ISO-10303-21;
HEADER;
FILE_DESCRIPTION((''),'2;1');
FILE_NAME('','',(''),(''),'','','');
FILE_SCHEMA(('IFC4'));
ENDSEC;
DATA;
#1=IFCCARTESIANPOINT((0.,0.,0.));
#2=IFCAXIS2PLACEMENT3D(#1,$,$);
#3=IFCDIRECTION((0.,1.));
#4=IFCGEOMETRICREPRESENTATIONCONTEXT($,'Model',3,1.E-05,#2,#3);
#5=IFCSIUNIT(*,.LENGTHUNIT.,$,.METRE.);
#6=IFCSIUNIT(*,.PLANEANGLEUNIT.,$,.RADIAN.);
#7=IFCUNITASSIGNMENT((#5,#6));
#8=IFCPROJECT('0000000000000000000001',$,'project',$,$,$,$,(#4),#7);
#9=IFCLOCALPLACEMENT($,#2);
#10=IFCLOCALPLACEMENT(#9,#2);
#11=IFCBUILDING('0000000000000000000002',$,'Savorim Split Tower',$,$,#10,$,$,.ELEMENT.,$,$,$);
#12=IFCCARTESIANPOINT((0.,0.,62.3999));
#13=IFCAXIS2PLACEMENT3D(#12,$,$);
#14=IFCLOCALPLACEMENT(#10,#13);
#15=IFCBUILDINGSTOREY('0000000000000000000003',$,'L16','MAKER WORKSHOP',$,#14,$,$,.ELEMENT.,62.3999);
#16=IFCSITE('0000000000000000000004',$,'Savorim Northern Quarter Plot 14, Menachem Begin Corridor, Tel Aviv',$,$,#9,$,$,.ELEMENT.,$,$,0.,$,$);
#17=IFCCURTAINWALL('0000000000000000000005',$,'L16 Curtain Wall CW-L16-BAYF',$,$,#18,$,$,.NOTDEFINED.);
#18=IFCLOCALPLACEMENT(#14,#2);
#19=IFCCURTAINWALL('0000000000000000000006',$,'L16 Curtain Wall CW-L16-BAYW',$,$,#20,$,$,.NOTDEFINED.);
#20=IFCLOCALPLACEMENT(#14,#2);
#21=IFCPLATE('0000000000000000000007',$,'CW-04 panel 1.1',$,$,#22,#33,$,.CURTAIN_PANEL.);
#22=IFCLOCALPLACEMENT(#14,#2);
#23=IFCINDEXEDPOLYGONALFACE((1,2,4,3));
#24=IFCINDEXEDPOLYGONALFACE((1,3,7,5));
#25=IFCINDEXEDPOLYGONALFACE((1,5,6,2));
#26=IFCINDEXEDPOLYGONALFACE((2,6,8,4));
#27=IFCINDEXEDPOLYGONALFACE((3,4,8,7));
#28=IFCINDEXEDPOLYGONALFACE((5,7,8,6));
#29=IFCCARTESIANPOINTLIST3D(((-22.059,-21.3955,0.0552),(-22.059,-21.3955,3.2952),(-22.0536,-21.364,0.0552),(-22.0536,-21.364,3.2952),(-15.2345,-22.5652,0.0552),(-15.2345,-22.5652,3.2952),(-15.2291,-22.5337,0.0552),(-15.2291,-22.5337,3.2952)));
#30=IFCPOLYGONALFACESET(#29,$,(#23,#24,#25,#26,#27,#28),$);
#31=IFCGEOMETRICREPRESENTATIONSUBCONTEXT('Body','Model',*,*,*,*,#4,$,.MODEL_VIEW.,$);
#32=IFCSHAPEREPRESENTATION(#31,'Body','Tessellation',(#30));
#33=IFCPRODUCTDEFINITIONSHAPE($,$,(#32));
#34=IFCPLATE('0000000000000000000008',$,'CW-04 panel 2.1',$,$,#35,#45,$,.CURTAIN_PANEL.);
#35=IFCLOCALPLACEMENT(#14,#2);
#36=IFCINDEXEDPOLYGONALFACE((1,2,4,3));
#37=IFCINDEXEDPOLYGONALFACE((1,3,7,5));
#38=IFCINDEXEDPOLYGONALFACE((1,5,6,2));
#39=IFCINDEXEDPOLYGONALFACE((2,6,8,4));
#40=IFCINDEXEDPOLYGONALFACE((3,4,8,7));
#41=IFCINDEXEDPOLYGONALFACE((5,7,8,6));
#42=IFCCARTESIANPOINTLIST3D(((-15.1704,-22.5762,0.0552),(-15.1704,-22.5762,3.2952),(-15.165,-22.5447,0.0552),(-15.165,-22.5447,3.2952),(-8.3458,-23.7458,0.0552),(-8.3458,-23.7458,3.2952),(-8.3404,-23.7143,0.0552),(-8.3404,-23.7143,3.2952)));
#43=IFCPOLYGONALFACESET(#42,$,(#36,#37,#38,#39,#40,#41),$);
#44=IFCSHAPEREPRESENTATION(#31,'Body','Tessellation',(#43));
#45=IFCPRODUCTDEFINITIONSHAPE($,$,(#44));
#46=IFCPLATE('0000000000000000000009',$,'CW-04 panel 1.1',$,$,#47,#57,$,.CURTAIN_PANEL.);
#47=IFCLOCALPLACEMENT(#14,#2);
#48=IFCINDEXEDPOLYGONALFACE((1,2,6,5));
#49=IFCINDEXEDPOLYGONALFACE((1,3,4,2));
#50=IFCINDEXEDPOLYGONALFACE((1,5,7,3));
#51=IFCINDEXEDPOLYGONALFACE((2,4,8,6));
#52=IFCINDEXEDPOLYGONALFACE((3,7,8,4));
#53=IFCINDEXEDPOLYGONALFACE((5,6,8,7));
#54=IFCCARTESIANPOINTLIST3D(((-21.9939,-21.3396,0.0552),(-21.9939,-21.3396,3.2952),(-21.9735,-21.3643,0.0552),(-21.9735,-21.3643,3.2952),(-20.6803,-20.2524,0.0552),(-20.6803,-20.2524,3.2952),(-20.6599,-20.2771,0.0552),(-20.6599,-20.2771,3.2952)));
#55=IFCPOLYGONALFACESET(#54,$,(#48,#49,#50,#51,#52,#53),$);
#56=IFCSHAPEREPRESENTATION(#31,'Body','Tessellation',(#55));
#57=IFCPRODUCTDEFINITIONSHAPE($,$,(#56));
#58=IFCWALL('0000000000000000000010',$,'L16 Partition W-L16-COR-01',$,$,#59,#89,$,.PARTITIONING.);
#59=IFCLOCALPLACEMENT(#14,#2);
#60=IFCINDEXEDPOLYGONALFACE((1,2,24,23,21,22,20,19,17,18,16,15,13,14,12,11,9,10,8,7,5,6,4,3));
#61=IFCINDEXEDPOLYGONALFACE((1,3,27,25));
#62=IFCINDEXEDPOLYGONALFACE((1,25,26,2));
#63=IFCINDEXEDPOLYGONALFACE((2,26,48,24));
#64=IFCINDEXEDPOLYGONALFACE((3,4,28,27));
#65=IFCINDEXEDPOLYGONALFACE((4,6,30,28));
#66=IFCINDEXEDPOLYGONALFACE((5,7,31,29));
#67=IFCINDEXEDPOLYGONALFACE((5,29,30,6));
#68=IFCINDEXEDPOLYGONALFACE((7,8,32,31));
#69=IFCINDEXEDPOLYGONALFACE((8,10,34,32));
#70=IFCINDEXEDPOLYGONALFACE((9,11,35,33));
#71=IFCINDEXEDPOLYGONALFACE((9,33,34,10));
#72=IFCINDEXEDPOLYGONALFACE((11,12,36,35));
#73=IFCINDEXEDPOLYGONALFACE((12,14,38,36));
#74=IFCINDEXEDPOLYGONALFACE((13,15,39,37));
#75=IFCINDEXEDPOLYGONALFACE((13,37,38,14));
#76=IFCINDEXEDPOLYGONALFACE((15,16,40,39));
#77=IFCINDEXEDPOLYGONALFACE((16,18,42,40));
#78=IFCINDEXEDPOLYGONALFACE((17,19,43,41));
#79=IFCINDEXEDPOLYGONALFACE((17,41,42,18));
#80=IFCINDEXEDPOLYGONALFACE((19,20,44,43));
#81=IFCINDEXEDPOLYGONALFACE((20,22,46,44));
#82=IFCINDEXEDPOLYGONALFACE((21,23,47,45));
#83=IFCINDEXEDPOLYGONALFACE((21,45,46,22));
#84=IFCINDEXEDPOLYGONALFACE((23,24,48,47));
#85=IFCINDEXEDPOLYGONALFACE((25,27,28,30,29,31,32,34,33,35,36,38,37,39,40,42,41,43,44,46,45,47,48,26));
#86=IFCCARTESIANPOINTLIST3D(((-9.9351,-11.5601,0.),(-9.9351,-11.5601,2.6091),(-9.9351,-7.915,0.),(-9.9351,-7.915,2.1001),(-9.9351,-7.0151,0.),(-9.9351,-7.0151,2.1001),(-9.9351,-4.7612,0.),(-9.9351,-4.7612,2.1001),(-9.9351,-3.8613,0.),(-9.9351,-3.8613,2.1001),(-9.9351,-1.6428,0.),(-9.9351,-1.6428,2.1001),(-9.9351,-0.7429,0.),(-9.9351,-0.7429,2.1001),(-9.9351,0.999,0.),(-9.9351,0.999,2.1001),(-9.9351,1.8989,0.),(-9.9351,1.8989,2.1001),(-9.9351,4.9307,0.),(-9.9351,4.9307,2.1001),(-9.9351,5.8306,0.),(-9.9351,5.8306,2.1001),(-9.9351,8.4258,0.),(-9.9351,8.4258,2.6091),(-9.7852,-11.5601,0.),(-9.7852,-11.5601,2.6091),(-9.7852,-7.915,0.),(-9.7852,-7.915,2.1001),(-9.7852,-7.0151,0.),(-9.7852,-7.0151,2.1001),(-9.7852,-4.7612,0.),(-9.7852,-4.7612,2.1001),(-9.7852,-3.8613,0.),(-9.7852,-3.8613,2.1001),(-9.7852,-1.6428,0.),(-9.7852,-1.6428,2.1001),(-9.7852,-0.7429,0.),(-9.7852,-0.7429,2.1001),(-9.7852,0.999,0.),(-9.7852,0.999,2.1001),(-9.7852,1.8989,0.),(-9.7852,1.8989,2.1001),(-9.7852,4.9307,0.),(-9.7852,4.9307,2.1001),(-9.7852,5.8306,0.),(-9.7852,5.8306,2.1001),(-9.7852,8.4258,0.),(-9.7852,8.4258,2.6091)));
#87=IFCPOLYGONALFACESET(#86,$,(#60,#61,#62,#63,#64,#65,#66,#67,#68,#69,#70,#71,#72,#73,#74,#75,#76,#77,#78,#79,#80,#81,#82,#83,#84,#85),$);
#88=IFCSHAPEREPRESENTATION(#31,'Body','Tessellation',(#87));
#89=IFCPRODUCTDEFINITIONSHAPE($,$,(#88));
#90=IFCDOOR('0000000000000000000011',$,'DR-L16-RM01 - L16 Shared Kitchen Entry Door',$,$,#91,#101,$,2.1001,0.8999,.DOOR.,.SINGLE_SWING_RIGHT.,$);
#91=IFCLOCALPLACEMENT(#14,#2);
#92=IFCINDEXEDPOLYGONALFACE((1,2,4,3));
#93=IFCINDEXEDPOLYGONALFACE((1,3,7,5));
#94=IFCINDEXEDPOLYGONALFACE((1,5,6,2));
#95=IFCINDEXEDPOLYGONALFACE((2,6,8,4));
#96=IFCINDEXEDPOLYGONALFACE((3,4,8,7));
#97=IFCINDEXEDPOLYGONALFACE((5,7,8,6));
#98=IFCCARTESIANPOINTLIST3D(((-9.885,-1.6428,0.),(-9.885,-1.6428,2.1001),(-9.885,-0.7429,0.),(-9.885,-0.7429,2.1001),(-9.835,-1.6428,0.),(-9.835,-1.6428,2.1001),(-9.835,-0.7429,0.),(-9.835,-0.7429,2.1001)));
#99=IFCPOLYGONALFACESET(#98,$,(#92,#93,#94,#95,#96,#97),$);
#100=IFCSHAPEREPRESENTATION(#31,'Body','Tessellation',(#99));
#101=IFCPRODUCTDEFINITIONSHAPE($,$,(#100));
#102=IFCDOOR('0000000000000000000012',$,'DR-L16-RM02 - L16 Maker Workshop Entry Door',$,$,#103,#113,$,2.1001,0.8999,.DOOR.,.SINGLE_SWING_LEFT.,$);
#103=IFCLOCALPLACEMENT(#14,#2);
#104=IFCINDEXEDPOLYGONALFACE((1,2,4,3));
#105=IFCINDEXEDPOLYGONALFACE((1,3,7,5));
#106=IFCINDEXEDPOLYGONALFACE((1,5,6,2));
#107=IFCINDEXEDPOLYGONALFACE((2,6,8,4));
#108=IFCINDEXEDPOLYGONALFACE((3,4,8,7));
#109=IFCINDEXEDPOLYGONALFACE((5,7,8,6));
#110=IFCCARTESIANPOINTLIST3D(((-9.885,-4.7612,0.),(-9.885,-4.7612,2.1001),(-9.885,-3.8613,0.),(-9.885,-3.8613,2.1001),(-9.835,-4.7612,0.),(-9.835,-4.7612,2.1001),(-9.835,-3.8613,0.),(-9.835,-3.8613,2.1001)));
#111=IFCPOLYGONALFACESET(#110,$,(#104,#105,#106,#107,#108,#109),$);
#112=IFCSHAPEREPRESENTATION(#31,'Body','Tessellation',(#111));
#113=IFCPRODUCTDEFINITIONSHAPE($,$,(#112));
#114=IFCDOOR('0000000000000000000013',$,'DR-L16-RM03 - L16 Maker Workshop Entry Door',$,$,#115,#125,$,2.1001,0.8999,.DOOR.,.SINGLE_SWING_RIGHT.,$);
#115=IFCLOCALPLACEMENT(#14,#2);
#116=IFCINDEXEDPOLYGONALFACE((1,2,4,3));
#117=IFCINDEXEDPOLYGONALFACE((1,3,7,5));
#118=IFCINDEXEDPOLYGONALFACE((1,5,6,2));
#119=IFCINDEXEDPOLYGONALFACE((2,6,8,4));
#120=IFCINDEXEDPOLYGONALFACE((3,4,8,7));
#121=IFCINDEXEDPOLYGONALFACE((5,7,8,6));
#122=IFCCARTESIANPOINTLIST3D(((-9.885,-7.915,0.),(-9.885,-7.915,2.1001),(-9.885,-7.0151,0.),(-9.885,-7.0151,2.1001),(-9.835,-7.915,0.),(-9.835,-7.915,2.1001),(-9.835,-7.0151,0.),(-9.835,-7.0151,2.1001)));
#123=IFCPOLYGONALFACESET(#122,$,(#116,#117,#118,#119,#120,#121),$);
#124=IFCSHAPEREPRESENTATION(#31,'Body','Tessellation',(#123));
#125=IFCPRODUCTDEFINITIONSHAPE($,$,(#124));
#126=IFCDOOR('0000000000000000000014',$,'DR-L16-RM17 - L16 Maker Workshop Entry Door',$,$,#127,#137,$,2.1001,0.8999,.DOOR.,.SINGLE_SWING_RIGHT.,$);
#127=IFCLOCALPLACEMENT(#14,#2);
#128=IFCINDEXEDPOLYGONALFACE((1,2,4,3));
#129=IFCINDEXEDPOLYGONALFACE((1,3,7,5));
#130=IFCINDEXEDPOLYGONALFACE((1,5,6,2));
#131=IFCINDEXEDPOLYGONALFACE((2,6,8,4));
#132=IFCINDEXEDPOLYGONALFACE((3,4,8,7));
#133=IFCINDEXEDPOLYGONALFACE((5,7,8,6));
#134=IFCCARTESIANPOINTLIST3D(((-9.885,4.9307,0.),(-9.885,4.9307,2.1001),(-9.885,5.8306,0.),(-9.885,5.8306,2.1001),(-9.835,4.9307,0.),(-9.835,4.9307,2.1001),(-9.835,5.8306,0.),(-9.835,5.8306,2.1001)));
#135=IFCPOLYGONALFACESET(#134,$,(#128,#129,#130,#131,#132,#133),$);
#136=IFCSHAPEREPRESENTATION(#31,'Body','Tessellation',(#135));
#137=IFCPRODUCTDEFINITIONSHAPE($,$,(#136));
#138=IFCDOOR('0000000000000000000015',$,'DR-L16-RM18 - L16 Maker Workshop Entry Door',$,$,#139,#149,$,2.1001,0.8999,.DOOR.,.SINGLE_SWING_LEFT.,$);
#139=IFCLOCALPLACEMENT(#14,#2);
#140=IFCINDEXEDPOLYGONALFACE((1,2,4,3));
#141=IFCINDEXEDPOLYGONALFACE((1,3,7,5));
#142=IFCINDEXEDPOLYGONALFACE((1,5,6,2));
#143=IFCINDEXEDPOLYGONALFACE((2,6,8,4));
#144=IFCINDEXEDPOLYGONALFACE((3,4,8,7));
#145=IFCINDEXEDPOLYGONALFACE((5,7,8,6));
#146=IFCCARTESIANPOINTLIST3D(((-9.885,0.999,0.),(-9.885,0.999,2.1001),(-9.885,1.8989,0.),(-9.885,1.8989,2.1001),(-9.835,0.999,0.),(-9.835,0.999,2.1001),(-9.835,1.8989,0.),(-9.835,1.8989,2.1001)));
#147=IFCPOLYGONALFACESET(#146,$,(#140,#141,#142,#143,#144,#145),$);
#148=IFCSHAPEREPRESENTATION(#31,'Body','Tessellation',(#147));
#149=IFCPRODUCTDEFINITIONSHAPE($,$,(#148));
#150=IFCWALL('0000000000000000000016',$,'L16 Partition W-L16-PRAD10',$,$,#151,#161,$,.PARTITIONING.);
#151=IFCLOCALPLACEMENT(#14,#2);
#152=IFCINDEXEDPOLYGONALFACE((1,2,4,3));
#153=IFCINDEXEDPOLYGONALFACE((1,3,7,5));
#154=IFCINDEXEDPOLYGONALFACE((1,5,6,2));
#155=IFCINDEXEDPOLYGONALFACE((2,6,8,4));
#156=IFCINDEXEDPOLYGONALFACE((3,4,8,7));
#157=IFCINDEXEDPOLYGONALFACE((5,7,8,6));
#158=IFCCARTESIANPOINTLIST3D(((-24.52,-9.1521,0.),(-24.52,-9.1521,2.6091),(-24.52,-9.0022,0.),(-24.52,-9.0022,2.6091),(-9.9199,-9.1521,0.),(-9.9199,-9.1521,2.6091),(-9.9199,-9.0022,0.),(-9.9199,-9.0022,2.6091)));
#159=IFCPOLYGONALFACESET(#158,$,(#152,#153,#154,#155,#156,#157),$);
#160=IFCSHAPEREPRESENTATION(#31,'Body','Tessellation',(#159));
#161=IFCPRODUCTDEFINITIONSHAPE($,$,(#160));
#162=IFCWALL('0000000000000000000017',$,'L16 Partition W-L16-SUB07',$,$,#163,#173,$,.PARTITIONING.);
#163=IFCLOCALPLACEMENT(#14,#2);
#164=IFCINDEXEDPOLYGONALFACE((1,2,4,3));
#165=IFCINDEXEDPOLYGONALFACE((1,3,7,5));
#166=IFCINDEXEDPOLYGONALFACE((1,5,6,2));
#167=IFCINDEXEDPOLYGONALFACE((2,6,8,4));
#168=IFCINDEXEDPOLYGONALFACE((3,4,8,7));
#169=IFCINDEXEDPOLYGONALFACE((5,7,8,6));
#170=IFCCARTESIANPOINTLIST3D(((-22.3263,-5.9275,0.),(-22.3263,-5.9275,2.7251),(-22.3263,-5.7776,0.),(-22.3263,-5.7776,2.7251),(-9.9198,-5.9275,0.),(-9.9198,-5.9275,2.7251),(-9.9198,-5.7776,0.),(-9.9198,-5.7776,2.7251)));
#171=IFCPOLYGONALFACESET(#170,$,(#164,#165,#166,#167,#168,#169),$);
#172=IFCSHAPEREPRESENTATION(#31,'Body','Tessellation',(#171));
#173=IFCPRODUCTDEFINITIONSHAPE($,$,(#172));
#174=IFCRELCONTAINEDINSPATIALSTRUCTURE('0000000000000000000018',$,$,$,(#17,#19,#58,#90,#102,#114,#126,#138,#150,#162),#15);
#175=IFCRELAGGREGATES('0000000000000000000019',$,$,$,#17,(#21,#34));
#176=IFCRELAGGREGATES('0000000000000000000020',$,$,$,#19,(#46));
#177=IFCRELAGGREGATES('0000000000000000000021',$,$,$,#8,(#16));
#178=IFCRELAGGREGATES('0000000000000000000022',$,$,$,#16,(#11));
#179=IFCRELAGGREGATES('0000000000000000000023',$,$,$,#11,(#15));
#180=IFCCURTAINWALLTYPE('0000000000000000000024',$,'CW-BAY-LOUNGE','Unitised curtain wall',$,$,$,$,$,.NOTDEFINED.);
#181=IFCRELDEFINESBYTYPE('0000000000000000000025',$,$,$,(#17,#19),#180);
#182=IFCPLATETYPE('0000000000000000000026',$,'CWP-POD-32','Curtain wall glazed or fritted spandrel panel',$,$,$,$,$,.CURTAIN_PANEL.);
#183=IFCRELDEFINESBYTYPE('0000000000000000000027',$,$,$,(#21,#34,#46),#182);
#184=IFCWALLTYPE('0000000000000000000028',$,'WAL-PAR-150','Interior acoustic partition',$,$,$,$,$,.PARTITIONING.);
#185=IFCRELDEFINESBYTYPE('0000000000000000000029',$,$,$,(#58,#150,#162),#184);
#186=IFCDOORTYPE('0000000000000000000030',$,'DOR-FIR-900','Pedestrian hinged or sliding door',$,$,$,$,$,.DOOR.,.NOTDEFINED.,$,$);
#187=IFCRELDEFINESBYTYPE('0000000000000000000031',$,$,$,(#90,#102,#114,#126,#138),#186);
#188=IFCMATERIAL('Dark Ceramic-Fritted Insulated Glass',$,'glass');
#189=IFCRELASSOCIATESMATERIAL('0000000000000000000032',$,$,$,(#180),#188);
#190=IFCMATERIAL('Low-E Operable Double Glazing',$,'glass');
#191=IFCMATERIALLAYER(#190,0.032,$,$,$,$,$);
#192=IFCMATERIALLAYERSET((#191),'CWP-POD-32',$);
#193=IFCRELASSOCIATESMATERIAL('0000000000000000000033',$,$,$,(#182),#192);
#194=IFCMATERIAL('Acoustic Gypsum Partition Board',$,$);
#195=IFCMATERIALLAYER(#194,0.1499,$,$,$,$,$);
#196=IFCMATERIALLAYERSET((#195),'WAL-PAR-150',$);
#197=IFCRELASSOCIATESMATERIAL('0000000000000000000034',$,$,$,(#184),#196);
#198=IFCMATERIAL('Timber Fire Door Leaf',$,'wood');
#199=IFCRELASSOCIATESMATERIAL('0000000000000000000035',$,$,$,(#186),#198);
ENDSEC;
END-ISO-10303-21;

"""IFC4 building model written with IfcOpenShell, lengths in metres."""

from ifc_helpers import new_model, si_unit, direction, frame, frame_2d, origin, origin_2d, place, context, subcontext, project, spatial, rectangle, extrude, material, layer, layer_set, type_object, element, fill, aggregate, save


model = new_model("IFC4")

# Units and contexts
model_context = context("Model", 3, precision=1e-05, world=origin(), true_north=direction((0.0, 1.0)))
body_context = subcontext(model_context, "Body", "Model", "MODEL_VIEW")
ifc_project = project(units=[si_unit("LENGTHUNIT", "METRE"), si_unit("PLANEANGLEUNIT", "RADIAN")], contexts=[model_context])

# Site, building, storey
site_placement = place(None, origin())
site = spatial("IfcSite", under=ifc_project, at=site_placement, Name="Savorim Northern Quarter Plot 14, Menachem Begin Corridor, Tel Aviv", CompositionType="ELEMENT", RefElevation=0.0)
building_placement = place(site_placement, origin())
building = spatial("IfcBuilding", under=site, at=building_placement, Name="Savorim Split Tower", CompositionType="ELEMENT")
storey_placement = place(building_placement, frame((0.0, 0.0, 62.3999)))
storey = spatial("IfcBuildingStorey", under=building, at=storey_placement, Name="L16", Description="MAKER WORKSHOP", CompositionType="ELEMENT", Elevation=62.3999)

# Curtain walls
ifc_material_1 = material(Name="Dark Ceramic-Fritted Insulated Glass", Category="glass")
curtain_wall_type_1 = type_object("IfcCurtainWallType", Name="CW-BAY-LOUNGE", Description="Unitised curtain wall", PredefinedType="NOTDEFINED", material=ifc_material_1)
curtain_wall_1_placement = place(storey_placement, origin())
curtain_wall_1 = element("IfcCurtainWall", 1, at=curtain_wall_1_placement, inside=storey, type_object=curtain_wall_type_1, Name="L16 Curtain Wall CW-L16-BAYF", PredefinedType="NOTDEFINED")
curtain_wall_2_placement = place(storey_placement, origin())
curtain_wall_2 = element("IfcCurtainWall", 2, at=curtain_wall_2_placement, inside=storey, type_object=curtain_wall_type_1, Name="L16 Curtain Wall CW-L16-BAYW", PredefinedType="NOTDEFINED")

# Plates
ifc_material_2 = material(Name="Low-E Operable Double Glazing", Category="glass")
ifc_layer_1 = layer(ifc_material_2, 0.032)
ifc_layer_set_1 = layer_set([ifc_layer_1], Name="CWP-POD-32")
plate_type = type_object("IfcPlateType", Name="CWP-POD-32", Description="Curtain wall glazed or fritted spandrel panel", PredefinedType="CURTAIN_PANEL", material=ifc_layer_set_1)
plate_1_placement = place(storey_placement, frame((-18.644, -21.9646, 0.0552), z_axis=(0.0, 0.0, 1.0), x_axis=(0.985629, -0.168923, 0.0)))
plate_1 = element("IfcPlate", 3, at=plate_1_placement, type_object=plate_type, Name="CW-04 panel 1.1", PredefinedType="CURTAIN_PANEL", context=body_context, shape_type="SweptSolid", body=[
    extrude(rectangle(XDim=6.9241, YDim=0.032, at=origin_2d()), origin(), (0.0, 0.0, 1.0), 3.24),
])
plate_2_placement = place(storey_placement, frame((-11.7554, -23.1453, 0.0552), z_axis=(0.0, 0.0, 1.0), x_axis=(0.985629, -0.168923, 0.0)))
plate_2 = element("IfcPlate", 4, at=plate_2_placement, type_object=plate_type, Name="CW-04 panel 2.1", PredefinedType="CURTAIN_PANEL", context=body_context, shape_type="SweptSolid", body=[
    extrude(rectangle(XDim=6.9241, YDim=0.032, at=origin_2d()), origin(), (0.0, 0.0, 1.0), 3.24),
])
aggregate(curtain_wall_1, [plate_1, plate_2])
plate_3_placement = place(storey_placement, frame((-21.3269, -20.8083, 0.0552), z_axis=(0.0, 0.0, 1.0), x_axis=(-0.770361, -0.637608, 0.0)))
plate_3 = element("IfcPlate", 5, at=plate_3_placement, type_object=plate_type, Name="CW-04 panel 1.1", PredefinedType="CURTAIN_PANEL", context=body_context, shape_type="SweptSolid", body=[
    extrude(rectangle(XDim=1.7051, YDim=0.032, at=origin_2d()), origin(), (0.0, 0.0, 1.0), 3.24),
])
aggregate(curtain_wall_2, [plate_3])

# Wall, openings, doors
ifc_material_3 = material(Name="Acoustic Gypsum Partition Board")
ifc_layer_2 = layer(ifc_material_3, 0.1499)
ifc_layer_set_2 = layer_set([ifc_layer_2], Name="WAL-PAR-150")
wall_type = type_object("IfcWallType", Name="WAL-PAR-150", Description="Interior acoustic partition", PredefinedType="PARTITIONING", material=ifc_layer_set_2)
wall_1_placement = place(storey_placement, frame((-9.8601, -11.5601, 0.0), z_axis=(0.0, 0.0, 1.0), x_axis=(0.0, 1.0, 0.0)))
wall_1 = element("IfcWall", 6, at=wall_1_placement, inside=storey, type_object=wall_type, Name="L16 Partition W-L16-COR-01", PredefinedType="PARTITIONING", context=body_context, shape_type="SweptSolid", body=[
    extrude(rectangle(XDim=19.9858, YDim=0.1499, at=frame_2d((9.9929, 0.0))), origin(), (0.0, 0.0, 1.0), 2.6091),
])
opening_1_placement = place(wall_1_placement, frame((9.9172, 0.0, 0.0)))
opening_1 = element("IfcOpeningElement", 7, at=opening_1_placement, cuts=wall_1, PredefinedType="OPENING", context=body_context, shape_type="SweptSolid", body=[
    extrude(rectangle(XDim=0.8999, YDim=2.1001, at=frame_2d((0.45, 1.05))), frame((0.0, 0.085, 0.0), z_axis=(0.0, -1.0, 0.0), x_axis=(1.0, 0.0, 0.0)), (0.0, 0.0, 1.0), 0.1699),
])
opening_2_placement = place(wall_1_placement, frame((6.7988, 0.0, 0.0)))
opening_2 = element("IfcOpeningElement", 8, at=opening_2_placement, cuts=wall_1, PredefinedType="OPENING", context=body_context, shape_type="SweptSolid", body=[
    extrude(rectangle(XDim=0.8999, YDim=2.1001, at=frame_2d((0.45, 1.05))), frame((0.0, 0.085, 0.0), z_axis=(0.0, -1.0, 0.0), x_axis=(1.0, 0.0, 0.0)), (0.0, 0.0, 1.0), 0.1699),
])
opening_3_placement = place(wall_1_placement, frame((3.645, 0.0, 0.0)))
opening_3 = element("IfcOpeningElement", 9, at=opening_3_placement, cuts=wall_1, PredefinedType="OPENING", context=body_context, shape_type="SweptSolid", body=[
    extrude(rectangle(XDim=0.8999, YDim=2.1001, at=frame_2d((0.45, 1.05))), frame((0.0, 0.085, 0.0), z_axis=(0.0, -1.0, 0.0), x_axis=(1.0, 0.0, 0.0)), (0.0, 0.0, 1.0), 0.1699),
])
opening_4_placement = place(wall_1_placement, frame((16.4907, 0.0, 0.0)))
opening_4 = element("IfcOpeningElement", 10, at=opening_4_placement, cuts=wall_1, PredefinedType="OPENING", context=body_context, shape_type="SweptSolid", body=[
    extrude(rectangle(XDim=0.8999, YDim=2.1001, at=frame_2d((0.45, 1.05))), frame((0.0, 0.085, 0.0), z_axis=(0.0, -1.0, 0.0), x_axis=(1.0, 0.0, 0.0)), (0.0, 0.0, 1.0), 0.1699),
])
opening_5_placement = place(wall_1_placement, frame((12.5591, 0.0, 0.0)))
opening_5 = element("IfcOpeningElement", 11, at=opening_5_placement, cuts=wall_1, PredefinedType="OPENING", context=body_context, shape_type="SweptSolid", body=[
    extrude(rectangle(XDim=0.8999, YDim=2.1001, at=frame_2d((0.45, 1.05))), frame((0.0, 0.085, 0.0), z_axis=(0.0, -1.0, 0.0), x_axis=(1.0, 0.0, 0.0)), (0.0, 0.0, 1.0), 0.1699),
])
ifc_material_4 = material(Name="Timber Fire Door Leaf", Category="wood")
door_type = type_object("IfcDoorType", Name="DOR-FIR-900", Description="Pedestrian hinged or sliding door", OperationType="NOTDEFINED", PredefinedType="DOOR", material=ifc_material_4)
door_1_placement = place(opening_1_placement, origin())
door_1 = element("IfcDoor", 12, at=door_1_placement, inside=storey, type_object=door_type, Name="DR-L16-RM01 - L16 Shared Kitchen Entry Door", OperationType="SINGLE_SWING_RIGHT", OverallHeight=2.1001, OverallWidth=0.8999, PredefinedType="DOOR", context=body_context, shape_type="SweptSolid", body=[
    extrude(rectangle(XDim=0.8999, YDim=2.1001, at=frame_2d((0.45, 1.05))), frame((0.0, 0.0249, 0.0), z_axis=(0.0, -1.0, 0.0), x_axis=(1.0, 0.0, 0.0)), (0.0, 0.0, 1.0), 0.05),
])
fill(opening_1, door_1)
door_2_placement = place(opening_2_placement, origin())
door_2 = element("IfcDoor", 13, at=door_2_placement, inside=storey, type_object=door_type, Name="DR-L16-RM02 - L16 Maker Workshop Entry Door", OperationType="SINGLE_SWING_LEFT", OverallHeight=2.1001, OverallWidth=0.8999, PredefinedType="DOOR", context=body_context, shape_type="SweptSolid", body=[
    extrude(rectangle(XDim=0.8999, YDim=2.1001, at=frame_2d((0.45, 1.05))), frame((0.0, 0.0249, 0.0), z_axis=(0.0, -1.0, 0.0), x_axis=(1.0, 0.0, 0.0)), (0.0, 0.0, 1.0), 0.05),
])
fill(opening_2, door_2)
door_3_placement = place(opening_3_placement, origin())
door_3 = element("IfcDoor", 14, at=door_3_placement, inside=storey, type_object=door_type, Name="DR-L16-RM03 - L16 Maker Workshop Entry Door", OperationType="SINGLE_SWING_RIGHT", OverallHeight=2.1001, OverallWidth=0.8999, PredefinedType="DOOR", context=body_context, shape_type="SweptSolid", body=[
    extrude(rectangle(XDim=0.8999, YDim=2.1001, at=frame_2d((0.45, 1.05))), frame((0.0, 0.0249, 0.0), z_axis=(0.0, -1.0, 0.0), x_axis=(1.0, 0.0, 0.0)), (0.0, 0.0, 1.0), 0.05),
])
fill(opening_3, door_3)
door_4_placement = place(opening_4_placement, origin())
door_4 = element("IfcDoor", 15, at=door_4_placement, inside=storey, type_object=door_type, Name="DR-L16-RM17 - L16 Maker Workshop Entry Door", OperationType="SINGLE_SWING_RIGHT", OverallHeight=2.1001, OverallWidth=0.8999, PredefinedType="DOOR", context=body_context, shape_type="SweptSolid", body=[
    extrude(rectangle(XDim=0.8999, YDim=2.1001, at=frame_2d((0.45, 1.05))), frame((0.0, 0.0249, 0.0), z_axis=(0.0, -1.0, 0.0), x_axis=(1.0, 0.0, 0.0)), (0.0, 0.0, 1.0), 0.05),
])
fill(opening_4, door_4)
door_5_placement = place(opening_5_placement, origin())
door_5 = element("IfcDoor", 16, at=door_5_placement, inside=storey, type_object=door_type, Name="DR-L16-RM18 - L16 Maker Workshop Entry Door", OperationType="SINGLE_SWING_LEFT", OverallHeight=2.1001, OverallWidth=0.8999, PredefinedType="DOOR", context=body_context, shape_type="SweptSolid", body=[
    extrude(rectangle(XDim=0.8999, YDim=2.1001, at=frame_2d((0.45, 1.05))), frame((0.0, 0.0249, 0.0), z_axis=(0.0, -1.0, 0.0), x_axis=(1.0, 0.0, 0.0)), (0.0, 0.0, 1.0), 0.05),
])
fill(opening_5, door_5)

# Walls
wall_2_placement = place(storey_placement, frame((-9.9199, -9.0771, 0.0), z_axis=(0.0, 0.0, 1.0), x_axis=(-1.0, 0.0, 0.0)))
element("IfcWall", 17, at=wall_2_placement, inside=storey, type_object=wall_type, Name="L16 Partition W-L16-PRAD10", PredefinedType="PARTITIONING", context=body_context, shape_type="SweptSolid", body=[
    extrude(rectangle(XDim=14.6001, YDim=0.1499, at=frame_2d((7.3, 0.0))), origin(), (0.0, 0.0, 1.0), 2.6091),
])
wall_3_placement = place(storey_placement, frame((-9.9199, -5.8525, 0.0), z_axis=(0.0, 0.0, 1.0), x_axis=(-1.0, 0.0, 0.0)))
element("IfcWall", 18, at=wall_3_placement, inside=storey, type_object=wall_type, Name="L16 Partition W-L16-SUB07", PredefinedType="PARTITIONING", context=body_context, shape_type="SweptSolid", body=[
    extrude(rectangle(XDim=12.4065, YDim=0.1499, at=frame_2d((6.2031, 0.0))), origin(), (0.0, 0.0, 1.0), 2.7251),
])

save(model, "model.ifc")
